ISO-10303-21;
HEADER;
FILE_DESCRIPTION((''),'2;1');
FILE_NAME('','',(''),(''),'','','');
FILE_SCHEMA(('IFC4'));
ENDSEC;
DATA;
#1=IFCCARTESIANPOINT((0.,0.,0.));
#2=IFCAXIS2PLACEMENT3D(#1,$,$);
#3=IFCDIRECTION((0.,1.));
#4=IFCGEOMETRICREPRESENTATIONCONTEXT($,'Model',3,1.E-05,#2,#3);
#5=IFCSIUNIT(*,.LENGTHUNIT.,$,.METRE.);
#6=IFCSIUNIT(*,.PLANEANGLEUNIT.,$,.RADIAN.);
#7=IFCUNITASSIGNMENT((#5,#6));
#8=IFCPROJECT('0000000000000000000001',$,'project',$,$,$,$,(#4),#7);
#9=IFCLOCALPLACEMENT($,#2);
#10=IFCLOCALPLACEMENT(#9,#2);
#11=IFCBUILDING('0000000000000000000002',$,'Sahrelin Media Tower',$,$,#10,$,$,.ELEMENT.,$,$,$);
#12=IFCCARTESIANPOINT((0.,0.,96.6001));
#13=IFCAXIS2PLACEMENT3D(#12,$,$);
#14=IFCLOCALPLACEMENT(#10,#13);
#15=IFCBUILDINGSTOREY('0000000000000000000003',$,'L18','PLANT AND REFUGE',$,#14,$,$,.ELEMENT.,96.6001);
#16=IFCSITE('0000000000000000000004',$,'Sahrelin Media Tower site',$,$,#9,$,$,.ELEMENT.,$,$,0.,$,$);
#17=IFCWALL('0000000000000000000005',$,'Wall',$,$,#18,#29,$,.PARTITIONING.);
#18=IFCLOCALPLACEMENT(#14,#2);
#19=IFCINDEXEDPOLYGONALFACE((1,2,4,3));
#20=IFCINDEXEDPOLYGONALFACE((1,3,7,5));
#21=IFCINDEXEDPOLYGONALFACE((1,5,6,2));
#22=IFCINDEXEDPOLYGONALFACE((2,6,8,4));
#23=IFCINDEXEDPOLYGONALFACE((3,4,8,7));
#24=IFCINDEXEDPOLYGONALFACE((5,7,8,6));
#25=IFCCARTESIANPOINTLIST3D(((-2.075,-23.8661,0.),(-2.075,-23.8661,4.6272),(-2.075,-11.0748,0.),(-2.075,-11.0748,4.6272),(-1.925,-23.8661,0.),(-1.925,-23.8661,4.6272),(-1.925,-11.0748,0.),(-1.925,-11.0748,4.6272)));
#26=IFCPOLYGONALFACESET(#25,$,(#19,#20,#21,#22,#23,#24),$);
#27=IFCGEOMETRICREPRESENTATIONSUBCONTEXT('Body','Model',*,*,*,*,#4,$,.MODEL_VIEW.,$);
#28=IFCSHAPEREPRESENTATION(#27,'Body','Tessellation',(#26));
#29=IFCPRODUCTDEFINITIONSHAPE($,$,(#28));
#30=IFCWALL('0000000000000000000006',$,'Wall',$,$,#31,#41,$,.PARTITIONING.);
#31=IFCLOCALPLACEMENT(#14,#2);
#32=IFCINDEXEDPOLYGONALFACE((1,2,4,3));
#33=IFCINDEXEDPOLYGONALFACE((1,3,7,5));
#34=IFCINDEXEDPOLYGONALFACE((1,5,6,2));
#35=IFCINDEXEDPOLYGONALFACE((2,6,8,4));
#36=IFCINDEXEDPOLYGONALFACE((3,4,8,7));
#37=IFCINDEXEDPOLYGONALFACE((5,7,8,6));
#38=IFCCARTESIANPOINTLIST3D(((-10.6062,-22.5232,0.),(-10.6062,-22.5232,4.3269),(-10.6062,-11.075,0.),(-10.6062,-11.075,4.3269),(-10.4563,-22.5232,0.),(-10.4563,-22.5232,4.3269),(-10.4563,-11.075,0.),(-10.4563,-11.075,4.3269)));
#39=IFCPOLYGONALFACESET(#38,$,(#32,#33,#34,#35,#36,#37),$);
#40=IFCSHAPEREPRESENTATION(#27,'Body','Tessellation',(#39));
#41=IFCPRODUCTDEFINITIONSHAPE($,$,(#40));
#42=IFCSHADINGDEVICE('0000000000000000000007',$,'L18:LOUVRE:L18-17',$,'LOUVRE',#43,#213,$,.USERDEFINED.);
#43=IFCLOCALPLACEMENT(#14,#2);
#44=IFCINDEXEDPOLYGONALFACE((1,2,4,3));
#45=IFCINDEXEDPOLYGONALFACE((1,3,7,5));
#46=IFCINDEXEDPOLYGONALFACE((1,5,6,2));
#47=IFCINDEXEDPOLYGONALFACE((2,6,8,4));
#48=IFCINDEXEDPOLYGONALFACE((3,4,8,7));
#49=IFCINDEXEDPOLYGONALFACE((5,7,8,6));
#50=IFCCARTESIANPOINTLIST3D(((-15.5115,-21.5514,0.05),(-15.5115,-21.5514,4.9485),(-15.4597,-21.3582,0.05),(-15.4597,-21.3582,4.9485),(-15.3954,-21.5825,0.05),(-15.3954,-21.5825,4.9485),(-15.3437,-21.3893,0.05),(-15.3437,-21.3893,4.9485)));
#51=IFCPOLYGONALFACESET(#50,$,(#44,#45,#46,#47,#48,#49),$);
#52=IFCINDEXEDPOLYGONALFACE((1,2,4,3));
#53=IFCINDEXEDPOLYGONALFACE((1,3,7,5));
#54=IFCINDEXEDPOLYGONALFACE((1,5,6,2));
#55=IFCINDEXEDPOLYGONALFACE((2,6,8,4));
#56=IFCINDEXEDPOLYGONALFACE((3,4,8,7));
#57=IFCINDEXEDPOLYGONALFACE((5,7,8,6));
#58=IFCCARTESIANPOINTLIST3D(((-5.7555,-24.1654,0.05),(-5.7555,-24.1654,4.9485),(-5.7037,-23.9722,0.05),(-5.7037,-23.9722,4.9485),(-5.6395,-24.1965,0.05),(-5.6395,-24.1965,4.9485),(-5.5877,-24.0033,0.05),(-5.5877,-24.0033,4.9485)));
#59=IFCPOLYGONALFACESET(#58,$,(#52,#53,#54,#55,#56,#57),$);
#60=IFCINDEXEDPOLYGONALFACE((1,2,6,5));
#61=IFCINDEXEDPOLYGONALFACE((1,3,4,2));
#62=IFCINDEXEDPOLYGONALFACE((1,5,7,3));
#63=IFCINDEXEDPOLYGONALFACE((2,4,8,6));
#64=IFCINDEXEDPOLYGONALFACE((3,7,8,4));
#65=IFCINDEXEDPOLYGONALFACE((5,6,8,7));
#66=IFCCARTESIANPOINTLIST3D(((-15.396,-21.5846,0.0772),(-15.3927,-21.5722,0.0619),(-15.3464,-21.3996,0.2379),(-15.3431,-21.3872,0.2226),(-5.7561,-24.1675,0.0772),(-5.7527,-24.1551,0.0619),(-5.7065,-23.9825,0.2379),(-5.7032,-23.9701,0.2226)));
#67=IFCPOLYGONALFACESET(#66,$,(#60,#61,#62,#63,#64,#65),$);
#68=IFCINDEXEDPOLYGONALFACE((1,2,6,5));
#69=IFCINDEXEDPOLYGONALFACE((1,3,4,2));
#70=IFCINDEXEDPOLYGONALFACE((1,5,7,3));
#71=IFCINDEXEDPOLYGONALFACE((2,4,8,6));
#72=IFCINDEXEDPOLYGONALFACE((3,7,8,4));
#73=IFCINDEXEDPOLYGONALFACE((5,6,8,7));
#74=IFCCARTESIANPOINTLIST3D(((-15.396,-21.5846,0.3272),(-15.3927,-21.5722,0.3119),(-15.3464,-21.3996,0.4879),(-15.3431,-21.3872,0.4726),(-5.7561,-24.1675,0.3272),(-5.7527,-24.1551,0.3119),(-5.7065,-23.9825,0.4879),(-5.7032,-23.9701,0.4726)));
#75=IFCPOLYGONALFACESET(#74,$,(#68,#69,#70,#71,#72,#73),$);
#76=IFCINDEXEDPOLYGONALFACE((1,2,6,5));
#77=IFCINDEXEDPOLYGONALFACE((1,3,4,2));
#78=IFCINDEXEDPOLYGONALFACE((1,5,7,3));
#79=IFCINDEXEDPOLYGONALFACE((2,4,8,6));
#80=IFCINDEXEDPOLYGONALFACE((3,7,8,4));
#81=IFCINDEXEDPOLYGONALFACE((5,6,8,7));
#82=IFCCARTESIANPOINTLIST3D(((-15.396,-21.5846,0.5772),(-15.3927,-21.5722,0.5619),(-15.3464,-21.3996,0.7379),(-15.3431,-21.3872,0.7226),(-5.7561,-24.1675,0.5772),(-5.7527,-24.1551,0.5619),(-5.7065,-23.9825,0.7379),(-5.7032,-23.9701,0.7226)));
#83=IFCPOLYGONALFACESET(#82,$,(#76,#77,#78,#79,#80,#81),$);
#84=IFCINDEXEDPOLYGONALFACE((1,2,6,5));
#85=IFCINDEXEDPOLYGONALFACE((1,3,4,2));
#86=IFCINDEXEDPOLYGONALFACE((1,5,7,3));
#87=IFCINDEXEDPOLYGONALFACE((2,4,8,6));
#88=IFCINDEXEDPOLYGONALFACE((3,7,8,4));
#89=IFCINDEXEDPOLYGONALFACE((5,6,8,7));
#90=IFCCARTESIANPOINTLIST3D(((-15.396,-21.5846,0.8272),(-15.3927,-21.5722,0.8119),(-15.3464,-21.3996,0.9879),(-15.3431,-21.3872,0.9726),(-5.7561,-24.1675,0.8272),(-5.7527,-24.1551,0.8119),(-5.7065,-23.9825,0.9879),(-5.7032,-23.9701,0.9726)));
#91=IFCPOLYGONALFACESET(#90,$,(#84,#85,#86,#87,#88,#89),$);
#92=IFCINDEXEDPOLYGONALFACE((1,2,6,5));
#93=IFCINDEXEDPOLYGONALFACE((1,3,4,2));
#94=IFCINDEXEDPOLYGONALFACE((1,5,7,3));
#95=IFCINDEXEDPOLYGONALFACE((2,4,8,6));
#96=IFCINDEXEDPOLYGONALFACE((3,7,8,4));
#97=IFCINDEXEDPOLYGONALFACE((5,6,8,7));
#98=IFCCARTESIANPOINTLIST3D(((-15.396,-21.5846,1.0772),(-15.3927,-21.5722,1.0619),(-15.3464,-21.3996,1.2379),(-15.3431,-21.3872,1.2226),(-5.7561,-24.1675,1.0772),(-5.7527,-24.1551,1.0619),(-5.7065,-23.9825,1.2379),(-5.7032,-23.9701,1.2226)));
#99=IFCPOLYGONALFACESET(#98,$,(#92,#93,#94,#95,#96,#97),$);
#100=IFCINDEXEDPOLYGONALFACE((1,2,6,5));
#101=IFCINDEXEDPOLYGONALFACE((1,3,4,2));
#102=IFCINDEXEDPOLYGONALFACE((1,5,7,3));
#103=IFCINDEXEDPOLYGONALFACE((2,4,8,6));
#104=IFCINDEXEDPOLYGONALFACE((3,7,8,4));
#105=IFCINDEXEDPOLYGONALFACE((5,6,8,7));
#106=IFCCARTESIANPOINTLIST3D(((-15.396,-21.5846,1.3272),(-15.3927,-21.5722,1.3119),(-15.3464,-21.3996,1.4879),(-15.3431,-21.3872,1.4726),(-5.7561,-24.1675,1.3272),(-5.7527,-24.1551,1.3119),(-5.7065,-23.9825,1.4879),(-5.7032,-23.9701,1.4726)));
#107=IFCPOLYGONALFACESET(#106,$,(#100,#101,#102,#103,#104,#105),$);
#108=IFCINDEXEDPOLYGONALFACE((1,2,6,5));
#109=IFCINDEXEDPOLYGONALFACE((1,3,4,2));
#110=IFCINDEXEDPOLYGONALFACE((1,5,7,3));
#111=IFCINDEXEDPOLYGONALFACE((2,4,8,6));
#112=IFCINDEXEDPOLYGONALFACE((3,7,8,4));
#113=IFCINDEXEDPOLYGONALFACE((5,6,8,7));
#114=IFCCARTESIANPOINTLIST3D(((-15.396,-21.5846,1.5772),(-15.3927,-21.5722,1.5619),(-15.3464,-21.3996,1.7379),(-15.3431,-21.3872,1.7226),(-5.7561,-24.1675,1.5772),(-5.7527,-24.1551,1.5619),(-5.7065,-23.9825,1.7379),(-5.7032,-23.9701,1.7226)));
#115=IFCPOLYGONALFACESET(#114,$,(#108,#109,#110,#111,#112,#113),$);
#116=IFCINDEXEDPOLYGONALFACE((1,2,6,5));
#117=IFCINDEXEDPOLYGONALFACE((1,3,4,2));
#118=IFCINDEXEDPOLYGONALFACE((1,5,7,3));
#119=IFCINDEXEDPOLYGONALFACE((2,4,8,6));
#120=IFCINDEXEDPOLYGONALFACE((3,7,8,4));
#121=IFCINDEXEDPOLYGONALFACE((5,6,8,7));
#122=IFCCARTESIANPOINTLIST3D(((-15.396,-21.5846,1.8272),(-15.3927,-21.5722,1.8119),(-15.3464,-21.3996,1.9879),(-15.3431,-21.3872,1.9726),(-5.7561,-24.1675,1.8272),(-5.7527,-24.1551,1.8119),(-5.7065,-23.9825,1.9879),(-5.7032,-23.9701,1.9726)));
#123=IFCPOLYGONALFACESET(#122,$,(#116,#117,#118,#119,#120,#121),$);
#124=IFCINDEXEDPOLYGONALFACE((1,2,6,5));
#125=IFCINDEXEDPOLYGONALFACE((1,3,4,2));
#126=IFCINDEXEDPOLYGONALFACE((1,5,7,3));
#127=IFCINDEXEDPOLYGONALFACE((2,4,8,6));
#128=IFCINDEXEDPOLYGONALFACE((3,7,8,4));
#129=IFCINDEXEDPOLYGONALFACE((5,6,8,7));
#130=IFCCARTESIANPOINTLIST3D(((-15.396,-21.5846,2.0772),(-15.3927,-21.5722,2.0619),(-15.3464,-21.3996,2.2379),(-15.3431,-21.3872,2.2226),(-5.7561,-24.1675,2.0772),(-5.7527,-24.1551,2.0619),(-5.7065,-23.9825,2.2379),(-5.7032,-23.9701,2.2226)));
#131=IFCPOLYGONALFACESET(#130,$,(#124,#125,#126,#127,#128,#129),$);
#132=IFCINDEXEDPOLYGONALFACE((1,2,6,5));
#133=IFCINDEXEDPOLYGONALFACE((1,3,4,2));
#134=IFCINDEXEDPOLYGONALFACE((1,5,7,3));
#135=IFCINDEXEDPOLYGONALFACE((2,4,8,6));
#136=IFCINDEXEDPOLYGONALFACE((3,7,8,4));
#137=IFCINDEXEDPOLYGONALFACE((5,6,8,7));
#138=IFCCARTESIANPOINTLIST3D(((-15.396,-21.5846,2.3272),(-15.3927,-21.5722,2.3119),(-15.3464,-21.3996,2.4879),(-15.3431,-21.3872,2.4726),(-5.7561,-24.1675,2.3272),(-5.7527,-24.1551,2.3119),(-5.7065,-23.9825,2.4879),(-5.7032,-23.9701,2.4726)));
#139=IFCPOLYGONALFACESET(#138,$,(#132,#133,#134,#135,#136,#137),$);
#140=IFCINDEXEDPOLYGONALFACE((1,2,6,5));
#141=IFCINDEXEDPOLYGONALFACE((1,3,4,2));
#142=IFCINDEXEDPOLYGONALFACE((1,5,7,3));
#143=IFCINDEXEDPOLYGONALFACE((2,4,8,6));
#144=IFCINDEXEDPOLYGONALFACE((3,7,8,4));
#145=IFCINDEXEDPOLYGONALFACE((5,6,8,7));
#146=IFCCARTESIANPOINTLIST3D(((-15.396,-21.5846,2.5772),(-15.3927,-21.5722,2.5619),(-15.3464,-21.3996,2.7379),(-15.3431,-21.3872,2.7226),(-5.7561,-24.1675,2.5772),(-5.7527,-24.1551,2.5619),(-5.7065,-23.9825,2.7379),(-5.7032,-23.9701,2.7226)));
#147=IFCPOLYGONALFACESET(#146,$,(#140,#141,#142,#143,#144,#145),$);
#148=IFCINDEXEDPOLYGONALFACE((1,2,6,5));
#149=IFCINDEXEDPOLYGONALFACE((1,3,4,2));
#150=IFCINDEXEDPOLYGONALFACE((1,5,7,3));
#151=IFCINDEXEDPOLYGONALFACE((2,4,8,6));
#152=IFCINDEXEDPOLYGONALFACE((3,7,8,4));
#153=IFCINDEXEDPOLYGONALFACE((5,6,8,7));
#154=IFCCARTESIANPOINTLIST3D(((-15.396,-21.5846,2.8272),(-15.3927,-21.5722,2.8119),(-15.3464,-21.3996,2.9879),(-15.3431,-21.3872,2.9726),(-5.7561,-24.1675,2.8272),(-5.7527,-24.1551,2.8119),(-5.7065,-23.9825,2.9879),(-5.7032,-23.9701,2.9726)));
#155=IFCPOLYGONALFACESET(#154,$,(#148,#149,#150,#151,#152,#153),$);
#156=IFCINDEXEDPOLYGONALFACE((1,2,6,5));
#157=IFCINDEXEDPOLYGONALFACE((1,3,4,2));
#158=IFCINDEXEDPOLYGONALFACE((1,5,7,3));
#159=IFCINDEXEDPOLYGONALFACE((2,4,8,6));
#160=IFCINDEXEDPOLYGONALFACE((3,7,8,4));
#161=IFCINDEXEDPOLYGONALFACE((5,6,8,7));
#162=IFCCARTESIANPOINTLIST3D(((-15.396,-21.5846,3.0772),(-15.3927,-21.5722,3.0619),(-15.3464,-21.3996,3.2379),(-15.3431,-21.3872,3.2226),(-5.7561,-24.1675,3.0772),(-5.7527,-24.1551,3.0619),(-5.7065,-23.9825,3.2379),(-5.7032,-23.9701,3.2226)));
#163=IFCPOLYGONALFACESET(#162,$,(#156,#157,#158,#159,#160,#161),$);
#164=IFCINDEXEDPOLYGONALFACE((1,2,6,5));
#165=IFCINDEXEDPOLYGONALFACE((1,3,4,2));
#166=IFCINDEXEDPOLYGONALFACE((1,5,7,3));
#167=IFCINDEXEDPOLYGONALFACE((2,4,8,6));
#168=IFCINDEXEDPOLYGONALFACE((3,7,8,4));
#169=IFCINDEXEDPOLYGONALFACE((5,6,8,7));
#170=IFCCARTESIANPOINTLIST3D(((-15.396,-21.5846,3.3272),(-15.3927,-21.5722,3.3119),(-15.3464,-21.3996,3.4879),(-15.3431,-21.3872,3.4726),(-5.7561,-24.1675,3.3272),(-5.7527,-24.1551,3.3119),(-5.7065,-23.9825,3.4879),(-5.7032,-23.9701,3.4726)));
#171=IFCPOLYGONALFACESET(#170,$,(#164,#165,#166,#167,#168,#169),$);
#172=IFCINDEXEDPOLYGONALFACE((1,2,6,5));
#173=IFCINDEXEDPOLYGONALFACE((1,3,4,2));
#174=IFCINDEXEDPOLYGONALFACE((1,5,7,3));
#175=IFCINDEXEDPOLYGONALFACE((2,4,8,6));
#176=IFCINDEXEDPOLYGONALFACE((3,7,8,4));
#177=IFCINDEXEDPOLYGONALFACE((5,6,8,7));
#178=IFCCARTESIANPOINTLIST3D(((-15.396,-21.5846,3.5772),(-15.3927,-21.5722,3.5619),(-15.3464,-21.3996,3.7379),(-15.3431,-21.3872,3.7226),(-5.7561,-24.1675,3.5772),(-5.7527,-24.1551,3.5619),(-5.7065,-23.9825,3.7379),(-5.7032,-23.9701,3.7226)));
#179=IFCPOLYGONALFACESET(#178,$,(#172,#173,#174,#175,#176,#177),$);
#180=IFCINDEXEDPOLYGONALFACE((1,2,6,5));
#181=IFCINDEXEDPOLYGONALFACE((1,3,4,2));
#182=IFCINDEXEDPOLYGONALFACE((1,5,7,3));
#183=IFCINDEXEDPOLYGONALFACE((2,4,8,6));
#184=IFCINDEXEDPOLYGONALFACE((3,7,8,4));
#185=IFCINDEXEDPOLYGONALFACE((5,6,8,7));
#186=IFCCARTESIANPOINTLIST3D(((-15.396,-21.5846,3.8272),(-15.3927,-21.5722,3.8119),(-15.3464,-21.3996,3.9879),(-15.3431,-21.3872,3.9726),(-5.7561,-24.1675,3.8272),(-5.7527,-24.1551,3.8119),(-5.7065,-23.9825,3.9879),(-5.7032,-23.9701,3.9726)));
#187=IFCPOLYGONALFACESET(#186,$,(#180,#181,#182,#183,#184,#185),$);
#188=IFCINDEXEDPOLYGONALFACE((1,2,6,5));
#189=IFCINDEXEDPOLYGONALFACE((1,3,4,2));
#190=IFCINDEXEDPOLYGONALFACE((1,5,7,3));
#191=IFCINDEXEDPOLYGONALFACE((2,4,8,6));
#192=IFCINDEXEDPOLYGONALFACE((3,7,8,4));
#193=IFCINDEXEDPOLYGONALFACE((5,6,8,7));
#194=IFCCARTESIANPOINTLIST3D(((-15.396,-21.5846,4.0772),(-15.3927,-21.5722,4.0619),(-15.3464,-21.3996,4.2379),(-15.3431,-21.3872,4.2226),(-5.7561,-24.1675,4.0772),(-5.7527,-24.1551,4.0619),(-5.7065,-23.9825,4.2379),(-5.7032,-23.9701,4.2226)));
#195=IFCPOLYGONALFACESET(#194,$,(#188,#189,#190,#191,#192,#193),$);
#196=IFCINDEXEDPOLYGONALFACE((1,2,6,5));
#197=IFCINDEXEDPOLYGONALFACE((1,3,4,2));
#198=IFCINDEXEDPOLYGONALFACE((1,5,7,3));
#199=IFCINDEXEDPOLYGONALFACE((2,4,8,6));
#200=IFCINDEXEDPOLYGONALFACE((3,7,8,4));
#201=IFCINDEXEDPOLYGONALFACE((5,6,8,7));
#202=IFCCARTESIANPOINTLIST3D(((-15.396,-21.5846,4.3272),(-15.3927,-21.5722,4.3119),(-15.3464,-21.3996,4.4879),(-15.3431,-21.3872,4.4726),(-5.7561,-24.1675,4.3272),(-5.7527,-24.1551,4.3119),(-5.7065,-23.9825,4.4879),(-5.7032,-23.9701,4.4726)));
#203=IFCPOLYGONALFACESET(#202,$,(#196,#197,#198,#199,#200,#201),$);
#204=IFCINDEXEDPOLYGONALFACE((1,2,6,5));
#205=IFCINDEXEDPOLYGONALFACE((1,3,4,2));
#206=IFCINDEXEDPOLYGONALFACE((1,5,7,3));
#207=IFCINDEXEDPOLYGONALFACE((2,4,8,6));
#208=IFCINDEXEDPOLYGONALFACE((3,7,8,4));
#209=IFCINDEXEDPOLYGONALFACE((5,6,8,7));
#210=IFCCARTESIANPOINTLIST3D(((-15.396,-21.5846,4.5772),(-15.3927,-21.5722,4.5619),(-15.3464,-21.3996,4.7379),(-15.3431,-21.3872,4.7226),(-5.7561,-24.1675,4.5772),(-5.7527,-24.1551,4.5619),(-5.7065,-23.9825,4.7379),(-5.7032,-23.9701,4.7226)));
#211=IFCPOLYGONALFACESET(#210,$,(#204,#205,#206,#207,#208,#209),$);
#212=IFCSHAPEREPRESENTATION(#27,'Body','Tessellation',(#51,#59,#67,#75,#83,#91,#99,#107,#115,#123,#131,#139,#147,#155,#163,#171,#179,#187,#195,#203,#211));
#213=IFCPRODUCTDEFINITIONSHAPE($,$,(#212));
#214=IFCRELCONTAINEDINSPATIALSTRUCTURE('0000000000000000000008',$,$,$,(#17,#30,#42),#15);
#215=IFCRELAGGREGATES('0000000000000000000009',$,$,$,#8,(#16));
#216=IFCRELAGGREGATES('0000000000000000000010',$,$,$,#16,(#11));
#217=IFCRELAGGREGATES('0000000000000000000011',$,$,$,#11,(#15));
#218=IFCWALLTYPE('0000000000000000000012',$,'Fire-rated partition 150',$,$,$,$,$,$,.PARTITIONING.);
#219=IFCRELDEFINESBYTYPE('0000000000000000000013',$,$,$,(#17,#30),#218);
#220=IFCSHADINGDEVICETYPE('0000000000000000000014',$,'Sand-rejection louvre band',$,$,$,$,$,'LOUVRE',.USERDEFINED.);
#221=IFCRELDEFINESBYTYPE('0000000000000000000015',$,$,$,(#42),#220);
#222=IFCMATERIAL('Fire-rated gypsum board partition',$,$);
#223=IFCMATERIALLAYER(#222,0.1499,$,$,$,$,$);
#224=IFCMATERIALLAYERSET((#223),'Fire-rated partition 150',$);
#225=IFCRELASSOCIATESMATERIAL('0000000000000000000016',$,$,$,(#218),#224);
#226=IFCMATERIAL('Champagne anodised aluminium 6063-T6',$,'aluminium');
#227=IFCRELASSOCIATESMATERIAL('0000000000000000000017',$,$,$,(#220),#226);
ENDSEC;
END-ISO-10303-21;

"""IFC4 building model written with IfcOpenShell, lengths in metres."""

from ifc_helpers import new_model, si_unit, direction, frame, frame_2d, origin, origin_2d, place, context, subcontext, project, spatial, rectangle, extrude, material, layer, layer_set, type_object, element, save


model = new_model("IFC4")

# Units and contexts
model_context = context("Model", 3, precision=1e-05, world=origin(), true_north=direction((0.0, 1.0)))
body_context = subcontext(model_context, "Body", "Model", "MODEL_VIEW")
ifc_project = project(units=[si_unit("LENGTHUNIT", "METRE"), si_unit("PLANEANGLEUNIT", "RADIAN")], contexts=[model_context])

# Site, building, storey
site_placement = place(None, origin())
site = spatial("IfcSite", under=ifc_project, at=site_placement, Name="Sahrelin Media Tower site", CompositionType="ELEMENT", RefElevation=0.0)
building_placement = place(site_placement, origin())
building = spatial("IfcBuilding", under=site, at=building_placement, Name="Sahrelin Media Tower", CompositionType="ELEMENT")
storey_placement = place(building_placement, frame((0.0, 0.0, 96.6001)))
storey = spatial("IfcBuildingStorey", under=building, at=storey_placement, Name="L18", Description="PLANT AND REFUGE", CompositionType="ELEMENT", Elevation=96.6001)

# Walls
ifc_material_1 = material(Name="Fire-rated gypsum board partition")
ifc_layer = layer(ifc_material_1, 0.1499)
ifc_layer_set = layer_set([ifc_layer], Name="Fire-rated partition 150")
wall_type = type_object("IfcWallType", Name="Fire-rated partition 150", PredefinedType="PARTITIONING", material=ifc_layer_set)
wall_1_placement = place(storey_placement, frame((-2.0, -11.075, 0.0), z_axis=(0.0, 0.0, 1.0), x_axis=(0.0, -1.0, 0.0)))
element("IfcWall", 1, at=wall_1_placement, inside=storey, type_object=wall_type, Name="Wall", PredefinedType="PARTITIONING", context=body_context, shape_type="SweptSolid", body=[
    extrude(rectangle(XDim=12.7913, YDim=0.1499, at=frame_2d((6.3955, 0.0))), origin(), (0.0, 0.0, 1.0), 4.6272),
])
wall_2_placement = place(storey_placement, frame((-10.5312, -11.075, 0.0), z_axis=(0.0, 0.0, 1.0), x_axis=(0.0, -1.0, 0.0)))
element("IfcWall", 2, at=wall_2_placement, inside=storey, type_object=wall_type, Name="Wall", PredefinedType="PARTITIONING", context=body_context, shape_type="SweptSolid", body=[
    extrude(rectangle(XDim=11.4482, YDim=0.1499, at=frame_2d((5.7241, 0.0))), origin(), (0.0, 0.0, 1.0), 4.3269),
])

# Shading device
ifc_material_2 = material(Name="Champagne anodised aluminium 6063-T6", Category="aluminium")
shading_device_type = type_object("IfcShadingDeviceType", Name="Sand-rejection louvre band", ElementType="LOUVRE", PredefinedType="USERDEFINED", material=ifc_material_2)
shading_device_1_placement = place(storey_placement, frame((-10.5237, -22.6807, 0.0), z_axis=(0.0, 0.0, 1.0), x_axis=(-0.965929, 0.258808, 0.0)))
element("IfcShadingDevice", 3, at=shading_device_1_placement, inside=storey, type_object=shading_device_type, Name="L18:LOUVRE:L18-17", ObjectType="LOUVRE", PredefinedType="USERDEFINED", context=body_context, shape_type="SweptSolid", body=[
    extrude(rectangle(XDim=0.1201, YDim=0.2, at=origin_2d()), frame((5.05, 0.1001, 0.05), z_axis=(0.0, 0.0, 1.0), x_axis=(1.0, 0.0, 0.0)), (0.0, 0.0, 1.0), 4.8984),
    extrude(rectangle(XDim=0.1201, YDim=0.2, at=origin_2d()), frame((-5.05, 0.1001, 0.05), z_axis=(0.0, 0.0, 1.0), x_axis=(1.0, 0.0, 0.0)), (0.0, 0.0, 1.0), 4.8984),
    extrude(rectangle(XDim=0.25, YDim=0.02, at=origin_2d()), frame((4.99, 0.1001, 0.1499), z_axis=(-1.0, 0.0, 0.0), x_axis=(0.0, -0.766044, 0.642788)), (0.0, 0.0, 1.0), 9.98),
    extrude(rectangle(XDim=0.25, YDim=0.02, at=origin_2d()), frame((4.99, 0.1001, 0.3999), z_axis=(-1.0, 0.0, 0.0), x_axis=(0.0, -0.766044, 0.642788)), (0.0, 0.0, 1.0), 9.98),
    extrude(rectangle(XDim=0.25, YDim=0.02, at=origin_2d()), frame((4.99, 0.1001, 0.6499), z_axis=(-1.0, 0.0, 0.0), x_axis=(0.0, -0.766044, 0.642788)), (0.0, 0.0, 1.0), 9.98),
    extrude(rectangle(XDim=0.25, YDim=0.02, at=origin_2d()), frame((4.99, 0.1001, 0.8999), z_axis=(-1.0, 0.0, 0.0), x_axis=(0.0, -0.766044, 0.642788)), (0.0, 0.0, 1.0), 9.98),
    extrude(rectangle(XDim=0.25, YDim=0.02, at=origin_2d()), frame((4.99, 0.1001, 1.1499), z_axis=(-1.0, 0.0, 0.0), x_axis=(0.0, -0.766044, 0.642788)), (0.0, 0.0, 1.0), 9.98),
    extrude(rectangle(XDim=0.25, YDim=0.02, at=origin_2d()), frame((4.99, 0.1001, 1.3999), z_axis=(-1.0, 0.0, 0.0), x_axis=(0.0, -0.766044, 0.642788)), (0.0, 0.0, 1.0), 9.98),
    extrude(rectangle(XDim=0.25, YDim=0.02, at=origin_2d()), frame((4.99, 0.1001, 1.6499), z_axis=(-1.0, 0.0, 0.0), x_axis=(0.0, -0.766044, 0.642788)), (0.0, 0.0, 1.0), 9.98),
    extrude(rectangle(XDim=0.25, YDim=0.02, at=origin_2d()), frame((4.99, 0.1001, 1.8999), z_axis=(-1.0, 0.0, 0.0), x_axis=(0.0, -0.766044, 0.642788)), (0.0, 0.0, 1.0), 9.98),
    extrude(rectangle(XDim=0.25, YDim=0.02, at=origin_2d()), frame((4.99, 0.1001, 2.1499), z_axis=(-1.0, 0.0, 0.0), x_axis=(0.0, -0.766044, 0.642788)), (0.0, 0.0, 1.0), 9.98),
    extrude(rectangle(XDim=0.25, YDim=0.02, at=origin_2d()), frame((4.99, 0.1001, 2.3999), z_axis=(-1.0, 0.0, 0.0), x_axis=(0.0, -0.766044, 0.642788)), (0.0, 0.0, 1.0), 9.98),
    extrude(rectangle(XDim=0.25, YDim=0.02, at=origin_2d()), frame((4.99, 0.1001, 2.6499), z_axis=(-1.0, 0.0, 0.0), x_axis=(0.0, -0.766044, 0.642788)), (0.0, 0.0, 1.0), 9.98),
    extrude(rectangle(XDim=0.25, YDim=0.02, at=origin_2d()), frame((4.99, 0.1001, 2.8999), z_axis=(-1.0, 0.0, 0.0), x_axis=(0.0, -0.766044, 0.642788)), (0.0, 0.0, 1.0), 9.98),
    extrude(rectangle(XDim=0.25, YDim=0.02, at=origin_2d()), frame((4.99, 0.1001, 3.1499), z_axis=(-1.0, 0.0, 0.0), x_axis=(0.0, -0.766044, 0.642788)), (0.0, 0.0, 1.0), 9.98),
    extrude(rectangle(XDim=0.25, YDim=0.02, at=origin_2d()), frame((4.99, 0.1001, 3.3999), z_axis=(-1.0, 0.0, 0.0), x_axis=(0.0, -0.766044, 0.642788)), (0.0, 0.0, 1.0), 9.98),
    extrude(rectangle(XDim=0.25, YDim=0.02, at=origin_2d()), frame((4.99, 0.1001, 3.6499), z_axis=(-1.0, 0.0, 0.0), x_axis=(0.0, -0.766044, 0.642788)), (0.0, 0.0, 1.0), 9.98),
    extrude(rectangle(XDim=0.25, YDim=0.02, at=origin_2d()), frame((4.99, 0.1001, 3.8999), z_axis=(-1.0, 0.0, 0.0), x_axis=(0.0, -0.766044, 0.642788)), (0.0, 0.0, 1.0), 9.98),
    extrude(rectangle(XDim=0.25, YDim=0.02, at=origin_2d()), frame((4.99, 0.1001, 4.1499), z_axis=(-1.0, 0.0, 0.0), x_axis=(0.0, -0.766044, 0.642788)), (0.0, 0.0, 1.0), 9.98),
    extrude(rectangle(XDim=0.25, YDim=0.02, at=origin_2d()), frame((4.99, 0.1001, 4.3999), z_axis=(-1.0, 0.0, 0.0), x_axis=(0.0, -0.766044, 0.642788)), (0.0, 0.0, 1.0), 9.98),
    extrude(rectangle(XDim=0.25, YDim=0.02, at=origin_2d()), frame((4.99, 0.1001, 4.6499), z_axis=(-1.0, 0.0, 0.0), x_axis=(0.0, -0.766044, 0.642788)), (0.0, 0.0, 1.0), 9.98),
])

save(model, "model.ifc")
